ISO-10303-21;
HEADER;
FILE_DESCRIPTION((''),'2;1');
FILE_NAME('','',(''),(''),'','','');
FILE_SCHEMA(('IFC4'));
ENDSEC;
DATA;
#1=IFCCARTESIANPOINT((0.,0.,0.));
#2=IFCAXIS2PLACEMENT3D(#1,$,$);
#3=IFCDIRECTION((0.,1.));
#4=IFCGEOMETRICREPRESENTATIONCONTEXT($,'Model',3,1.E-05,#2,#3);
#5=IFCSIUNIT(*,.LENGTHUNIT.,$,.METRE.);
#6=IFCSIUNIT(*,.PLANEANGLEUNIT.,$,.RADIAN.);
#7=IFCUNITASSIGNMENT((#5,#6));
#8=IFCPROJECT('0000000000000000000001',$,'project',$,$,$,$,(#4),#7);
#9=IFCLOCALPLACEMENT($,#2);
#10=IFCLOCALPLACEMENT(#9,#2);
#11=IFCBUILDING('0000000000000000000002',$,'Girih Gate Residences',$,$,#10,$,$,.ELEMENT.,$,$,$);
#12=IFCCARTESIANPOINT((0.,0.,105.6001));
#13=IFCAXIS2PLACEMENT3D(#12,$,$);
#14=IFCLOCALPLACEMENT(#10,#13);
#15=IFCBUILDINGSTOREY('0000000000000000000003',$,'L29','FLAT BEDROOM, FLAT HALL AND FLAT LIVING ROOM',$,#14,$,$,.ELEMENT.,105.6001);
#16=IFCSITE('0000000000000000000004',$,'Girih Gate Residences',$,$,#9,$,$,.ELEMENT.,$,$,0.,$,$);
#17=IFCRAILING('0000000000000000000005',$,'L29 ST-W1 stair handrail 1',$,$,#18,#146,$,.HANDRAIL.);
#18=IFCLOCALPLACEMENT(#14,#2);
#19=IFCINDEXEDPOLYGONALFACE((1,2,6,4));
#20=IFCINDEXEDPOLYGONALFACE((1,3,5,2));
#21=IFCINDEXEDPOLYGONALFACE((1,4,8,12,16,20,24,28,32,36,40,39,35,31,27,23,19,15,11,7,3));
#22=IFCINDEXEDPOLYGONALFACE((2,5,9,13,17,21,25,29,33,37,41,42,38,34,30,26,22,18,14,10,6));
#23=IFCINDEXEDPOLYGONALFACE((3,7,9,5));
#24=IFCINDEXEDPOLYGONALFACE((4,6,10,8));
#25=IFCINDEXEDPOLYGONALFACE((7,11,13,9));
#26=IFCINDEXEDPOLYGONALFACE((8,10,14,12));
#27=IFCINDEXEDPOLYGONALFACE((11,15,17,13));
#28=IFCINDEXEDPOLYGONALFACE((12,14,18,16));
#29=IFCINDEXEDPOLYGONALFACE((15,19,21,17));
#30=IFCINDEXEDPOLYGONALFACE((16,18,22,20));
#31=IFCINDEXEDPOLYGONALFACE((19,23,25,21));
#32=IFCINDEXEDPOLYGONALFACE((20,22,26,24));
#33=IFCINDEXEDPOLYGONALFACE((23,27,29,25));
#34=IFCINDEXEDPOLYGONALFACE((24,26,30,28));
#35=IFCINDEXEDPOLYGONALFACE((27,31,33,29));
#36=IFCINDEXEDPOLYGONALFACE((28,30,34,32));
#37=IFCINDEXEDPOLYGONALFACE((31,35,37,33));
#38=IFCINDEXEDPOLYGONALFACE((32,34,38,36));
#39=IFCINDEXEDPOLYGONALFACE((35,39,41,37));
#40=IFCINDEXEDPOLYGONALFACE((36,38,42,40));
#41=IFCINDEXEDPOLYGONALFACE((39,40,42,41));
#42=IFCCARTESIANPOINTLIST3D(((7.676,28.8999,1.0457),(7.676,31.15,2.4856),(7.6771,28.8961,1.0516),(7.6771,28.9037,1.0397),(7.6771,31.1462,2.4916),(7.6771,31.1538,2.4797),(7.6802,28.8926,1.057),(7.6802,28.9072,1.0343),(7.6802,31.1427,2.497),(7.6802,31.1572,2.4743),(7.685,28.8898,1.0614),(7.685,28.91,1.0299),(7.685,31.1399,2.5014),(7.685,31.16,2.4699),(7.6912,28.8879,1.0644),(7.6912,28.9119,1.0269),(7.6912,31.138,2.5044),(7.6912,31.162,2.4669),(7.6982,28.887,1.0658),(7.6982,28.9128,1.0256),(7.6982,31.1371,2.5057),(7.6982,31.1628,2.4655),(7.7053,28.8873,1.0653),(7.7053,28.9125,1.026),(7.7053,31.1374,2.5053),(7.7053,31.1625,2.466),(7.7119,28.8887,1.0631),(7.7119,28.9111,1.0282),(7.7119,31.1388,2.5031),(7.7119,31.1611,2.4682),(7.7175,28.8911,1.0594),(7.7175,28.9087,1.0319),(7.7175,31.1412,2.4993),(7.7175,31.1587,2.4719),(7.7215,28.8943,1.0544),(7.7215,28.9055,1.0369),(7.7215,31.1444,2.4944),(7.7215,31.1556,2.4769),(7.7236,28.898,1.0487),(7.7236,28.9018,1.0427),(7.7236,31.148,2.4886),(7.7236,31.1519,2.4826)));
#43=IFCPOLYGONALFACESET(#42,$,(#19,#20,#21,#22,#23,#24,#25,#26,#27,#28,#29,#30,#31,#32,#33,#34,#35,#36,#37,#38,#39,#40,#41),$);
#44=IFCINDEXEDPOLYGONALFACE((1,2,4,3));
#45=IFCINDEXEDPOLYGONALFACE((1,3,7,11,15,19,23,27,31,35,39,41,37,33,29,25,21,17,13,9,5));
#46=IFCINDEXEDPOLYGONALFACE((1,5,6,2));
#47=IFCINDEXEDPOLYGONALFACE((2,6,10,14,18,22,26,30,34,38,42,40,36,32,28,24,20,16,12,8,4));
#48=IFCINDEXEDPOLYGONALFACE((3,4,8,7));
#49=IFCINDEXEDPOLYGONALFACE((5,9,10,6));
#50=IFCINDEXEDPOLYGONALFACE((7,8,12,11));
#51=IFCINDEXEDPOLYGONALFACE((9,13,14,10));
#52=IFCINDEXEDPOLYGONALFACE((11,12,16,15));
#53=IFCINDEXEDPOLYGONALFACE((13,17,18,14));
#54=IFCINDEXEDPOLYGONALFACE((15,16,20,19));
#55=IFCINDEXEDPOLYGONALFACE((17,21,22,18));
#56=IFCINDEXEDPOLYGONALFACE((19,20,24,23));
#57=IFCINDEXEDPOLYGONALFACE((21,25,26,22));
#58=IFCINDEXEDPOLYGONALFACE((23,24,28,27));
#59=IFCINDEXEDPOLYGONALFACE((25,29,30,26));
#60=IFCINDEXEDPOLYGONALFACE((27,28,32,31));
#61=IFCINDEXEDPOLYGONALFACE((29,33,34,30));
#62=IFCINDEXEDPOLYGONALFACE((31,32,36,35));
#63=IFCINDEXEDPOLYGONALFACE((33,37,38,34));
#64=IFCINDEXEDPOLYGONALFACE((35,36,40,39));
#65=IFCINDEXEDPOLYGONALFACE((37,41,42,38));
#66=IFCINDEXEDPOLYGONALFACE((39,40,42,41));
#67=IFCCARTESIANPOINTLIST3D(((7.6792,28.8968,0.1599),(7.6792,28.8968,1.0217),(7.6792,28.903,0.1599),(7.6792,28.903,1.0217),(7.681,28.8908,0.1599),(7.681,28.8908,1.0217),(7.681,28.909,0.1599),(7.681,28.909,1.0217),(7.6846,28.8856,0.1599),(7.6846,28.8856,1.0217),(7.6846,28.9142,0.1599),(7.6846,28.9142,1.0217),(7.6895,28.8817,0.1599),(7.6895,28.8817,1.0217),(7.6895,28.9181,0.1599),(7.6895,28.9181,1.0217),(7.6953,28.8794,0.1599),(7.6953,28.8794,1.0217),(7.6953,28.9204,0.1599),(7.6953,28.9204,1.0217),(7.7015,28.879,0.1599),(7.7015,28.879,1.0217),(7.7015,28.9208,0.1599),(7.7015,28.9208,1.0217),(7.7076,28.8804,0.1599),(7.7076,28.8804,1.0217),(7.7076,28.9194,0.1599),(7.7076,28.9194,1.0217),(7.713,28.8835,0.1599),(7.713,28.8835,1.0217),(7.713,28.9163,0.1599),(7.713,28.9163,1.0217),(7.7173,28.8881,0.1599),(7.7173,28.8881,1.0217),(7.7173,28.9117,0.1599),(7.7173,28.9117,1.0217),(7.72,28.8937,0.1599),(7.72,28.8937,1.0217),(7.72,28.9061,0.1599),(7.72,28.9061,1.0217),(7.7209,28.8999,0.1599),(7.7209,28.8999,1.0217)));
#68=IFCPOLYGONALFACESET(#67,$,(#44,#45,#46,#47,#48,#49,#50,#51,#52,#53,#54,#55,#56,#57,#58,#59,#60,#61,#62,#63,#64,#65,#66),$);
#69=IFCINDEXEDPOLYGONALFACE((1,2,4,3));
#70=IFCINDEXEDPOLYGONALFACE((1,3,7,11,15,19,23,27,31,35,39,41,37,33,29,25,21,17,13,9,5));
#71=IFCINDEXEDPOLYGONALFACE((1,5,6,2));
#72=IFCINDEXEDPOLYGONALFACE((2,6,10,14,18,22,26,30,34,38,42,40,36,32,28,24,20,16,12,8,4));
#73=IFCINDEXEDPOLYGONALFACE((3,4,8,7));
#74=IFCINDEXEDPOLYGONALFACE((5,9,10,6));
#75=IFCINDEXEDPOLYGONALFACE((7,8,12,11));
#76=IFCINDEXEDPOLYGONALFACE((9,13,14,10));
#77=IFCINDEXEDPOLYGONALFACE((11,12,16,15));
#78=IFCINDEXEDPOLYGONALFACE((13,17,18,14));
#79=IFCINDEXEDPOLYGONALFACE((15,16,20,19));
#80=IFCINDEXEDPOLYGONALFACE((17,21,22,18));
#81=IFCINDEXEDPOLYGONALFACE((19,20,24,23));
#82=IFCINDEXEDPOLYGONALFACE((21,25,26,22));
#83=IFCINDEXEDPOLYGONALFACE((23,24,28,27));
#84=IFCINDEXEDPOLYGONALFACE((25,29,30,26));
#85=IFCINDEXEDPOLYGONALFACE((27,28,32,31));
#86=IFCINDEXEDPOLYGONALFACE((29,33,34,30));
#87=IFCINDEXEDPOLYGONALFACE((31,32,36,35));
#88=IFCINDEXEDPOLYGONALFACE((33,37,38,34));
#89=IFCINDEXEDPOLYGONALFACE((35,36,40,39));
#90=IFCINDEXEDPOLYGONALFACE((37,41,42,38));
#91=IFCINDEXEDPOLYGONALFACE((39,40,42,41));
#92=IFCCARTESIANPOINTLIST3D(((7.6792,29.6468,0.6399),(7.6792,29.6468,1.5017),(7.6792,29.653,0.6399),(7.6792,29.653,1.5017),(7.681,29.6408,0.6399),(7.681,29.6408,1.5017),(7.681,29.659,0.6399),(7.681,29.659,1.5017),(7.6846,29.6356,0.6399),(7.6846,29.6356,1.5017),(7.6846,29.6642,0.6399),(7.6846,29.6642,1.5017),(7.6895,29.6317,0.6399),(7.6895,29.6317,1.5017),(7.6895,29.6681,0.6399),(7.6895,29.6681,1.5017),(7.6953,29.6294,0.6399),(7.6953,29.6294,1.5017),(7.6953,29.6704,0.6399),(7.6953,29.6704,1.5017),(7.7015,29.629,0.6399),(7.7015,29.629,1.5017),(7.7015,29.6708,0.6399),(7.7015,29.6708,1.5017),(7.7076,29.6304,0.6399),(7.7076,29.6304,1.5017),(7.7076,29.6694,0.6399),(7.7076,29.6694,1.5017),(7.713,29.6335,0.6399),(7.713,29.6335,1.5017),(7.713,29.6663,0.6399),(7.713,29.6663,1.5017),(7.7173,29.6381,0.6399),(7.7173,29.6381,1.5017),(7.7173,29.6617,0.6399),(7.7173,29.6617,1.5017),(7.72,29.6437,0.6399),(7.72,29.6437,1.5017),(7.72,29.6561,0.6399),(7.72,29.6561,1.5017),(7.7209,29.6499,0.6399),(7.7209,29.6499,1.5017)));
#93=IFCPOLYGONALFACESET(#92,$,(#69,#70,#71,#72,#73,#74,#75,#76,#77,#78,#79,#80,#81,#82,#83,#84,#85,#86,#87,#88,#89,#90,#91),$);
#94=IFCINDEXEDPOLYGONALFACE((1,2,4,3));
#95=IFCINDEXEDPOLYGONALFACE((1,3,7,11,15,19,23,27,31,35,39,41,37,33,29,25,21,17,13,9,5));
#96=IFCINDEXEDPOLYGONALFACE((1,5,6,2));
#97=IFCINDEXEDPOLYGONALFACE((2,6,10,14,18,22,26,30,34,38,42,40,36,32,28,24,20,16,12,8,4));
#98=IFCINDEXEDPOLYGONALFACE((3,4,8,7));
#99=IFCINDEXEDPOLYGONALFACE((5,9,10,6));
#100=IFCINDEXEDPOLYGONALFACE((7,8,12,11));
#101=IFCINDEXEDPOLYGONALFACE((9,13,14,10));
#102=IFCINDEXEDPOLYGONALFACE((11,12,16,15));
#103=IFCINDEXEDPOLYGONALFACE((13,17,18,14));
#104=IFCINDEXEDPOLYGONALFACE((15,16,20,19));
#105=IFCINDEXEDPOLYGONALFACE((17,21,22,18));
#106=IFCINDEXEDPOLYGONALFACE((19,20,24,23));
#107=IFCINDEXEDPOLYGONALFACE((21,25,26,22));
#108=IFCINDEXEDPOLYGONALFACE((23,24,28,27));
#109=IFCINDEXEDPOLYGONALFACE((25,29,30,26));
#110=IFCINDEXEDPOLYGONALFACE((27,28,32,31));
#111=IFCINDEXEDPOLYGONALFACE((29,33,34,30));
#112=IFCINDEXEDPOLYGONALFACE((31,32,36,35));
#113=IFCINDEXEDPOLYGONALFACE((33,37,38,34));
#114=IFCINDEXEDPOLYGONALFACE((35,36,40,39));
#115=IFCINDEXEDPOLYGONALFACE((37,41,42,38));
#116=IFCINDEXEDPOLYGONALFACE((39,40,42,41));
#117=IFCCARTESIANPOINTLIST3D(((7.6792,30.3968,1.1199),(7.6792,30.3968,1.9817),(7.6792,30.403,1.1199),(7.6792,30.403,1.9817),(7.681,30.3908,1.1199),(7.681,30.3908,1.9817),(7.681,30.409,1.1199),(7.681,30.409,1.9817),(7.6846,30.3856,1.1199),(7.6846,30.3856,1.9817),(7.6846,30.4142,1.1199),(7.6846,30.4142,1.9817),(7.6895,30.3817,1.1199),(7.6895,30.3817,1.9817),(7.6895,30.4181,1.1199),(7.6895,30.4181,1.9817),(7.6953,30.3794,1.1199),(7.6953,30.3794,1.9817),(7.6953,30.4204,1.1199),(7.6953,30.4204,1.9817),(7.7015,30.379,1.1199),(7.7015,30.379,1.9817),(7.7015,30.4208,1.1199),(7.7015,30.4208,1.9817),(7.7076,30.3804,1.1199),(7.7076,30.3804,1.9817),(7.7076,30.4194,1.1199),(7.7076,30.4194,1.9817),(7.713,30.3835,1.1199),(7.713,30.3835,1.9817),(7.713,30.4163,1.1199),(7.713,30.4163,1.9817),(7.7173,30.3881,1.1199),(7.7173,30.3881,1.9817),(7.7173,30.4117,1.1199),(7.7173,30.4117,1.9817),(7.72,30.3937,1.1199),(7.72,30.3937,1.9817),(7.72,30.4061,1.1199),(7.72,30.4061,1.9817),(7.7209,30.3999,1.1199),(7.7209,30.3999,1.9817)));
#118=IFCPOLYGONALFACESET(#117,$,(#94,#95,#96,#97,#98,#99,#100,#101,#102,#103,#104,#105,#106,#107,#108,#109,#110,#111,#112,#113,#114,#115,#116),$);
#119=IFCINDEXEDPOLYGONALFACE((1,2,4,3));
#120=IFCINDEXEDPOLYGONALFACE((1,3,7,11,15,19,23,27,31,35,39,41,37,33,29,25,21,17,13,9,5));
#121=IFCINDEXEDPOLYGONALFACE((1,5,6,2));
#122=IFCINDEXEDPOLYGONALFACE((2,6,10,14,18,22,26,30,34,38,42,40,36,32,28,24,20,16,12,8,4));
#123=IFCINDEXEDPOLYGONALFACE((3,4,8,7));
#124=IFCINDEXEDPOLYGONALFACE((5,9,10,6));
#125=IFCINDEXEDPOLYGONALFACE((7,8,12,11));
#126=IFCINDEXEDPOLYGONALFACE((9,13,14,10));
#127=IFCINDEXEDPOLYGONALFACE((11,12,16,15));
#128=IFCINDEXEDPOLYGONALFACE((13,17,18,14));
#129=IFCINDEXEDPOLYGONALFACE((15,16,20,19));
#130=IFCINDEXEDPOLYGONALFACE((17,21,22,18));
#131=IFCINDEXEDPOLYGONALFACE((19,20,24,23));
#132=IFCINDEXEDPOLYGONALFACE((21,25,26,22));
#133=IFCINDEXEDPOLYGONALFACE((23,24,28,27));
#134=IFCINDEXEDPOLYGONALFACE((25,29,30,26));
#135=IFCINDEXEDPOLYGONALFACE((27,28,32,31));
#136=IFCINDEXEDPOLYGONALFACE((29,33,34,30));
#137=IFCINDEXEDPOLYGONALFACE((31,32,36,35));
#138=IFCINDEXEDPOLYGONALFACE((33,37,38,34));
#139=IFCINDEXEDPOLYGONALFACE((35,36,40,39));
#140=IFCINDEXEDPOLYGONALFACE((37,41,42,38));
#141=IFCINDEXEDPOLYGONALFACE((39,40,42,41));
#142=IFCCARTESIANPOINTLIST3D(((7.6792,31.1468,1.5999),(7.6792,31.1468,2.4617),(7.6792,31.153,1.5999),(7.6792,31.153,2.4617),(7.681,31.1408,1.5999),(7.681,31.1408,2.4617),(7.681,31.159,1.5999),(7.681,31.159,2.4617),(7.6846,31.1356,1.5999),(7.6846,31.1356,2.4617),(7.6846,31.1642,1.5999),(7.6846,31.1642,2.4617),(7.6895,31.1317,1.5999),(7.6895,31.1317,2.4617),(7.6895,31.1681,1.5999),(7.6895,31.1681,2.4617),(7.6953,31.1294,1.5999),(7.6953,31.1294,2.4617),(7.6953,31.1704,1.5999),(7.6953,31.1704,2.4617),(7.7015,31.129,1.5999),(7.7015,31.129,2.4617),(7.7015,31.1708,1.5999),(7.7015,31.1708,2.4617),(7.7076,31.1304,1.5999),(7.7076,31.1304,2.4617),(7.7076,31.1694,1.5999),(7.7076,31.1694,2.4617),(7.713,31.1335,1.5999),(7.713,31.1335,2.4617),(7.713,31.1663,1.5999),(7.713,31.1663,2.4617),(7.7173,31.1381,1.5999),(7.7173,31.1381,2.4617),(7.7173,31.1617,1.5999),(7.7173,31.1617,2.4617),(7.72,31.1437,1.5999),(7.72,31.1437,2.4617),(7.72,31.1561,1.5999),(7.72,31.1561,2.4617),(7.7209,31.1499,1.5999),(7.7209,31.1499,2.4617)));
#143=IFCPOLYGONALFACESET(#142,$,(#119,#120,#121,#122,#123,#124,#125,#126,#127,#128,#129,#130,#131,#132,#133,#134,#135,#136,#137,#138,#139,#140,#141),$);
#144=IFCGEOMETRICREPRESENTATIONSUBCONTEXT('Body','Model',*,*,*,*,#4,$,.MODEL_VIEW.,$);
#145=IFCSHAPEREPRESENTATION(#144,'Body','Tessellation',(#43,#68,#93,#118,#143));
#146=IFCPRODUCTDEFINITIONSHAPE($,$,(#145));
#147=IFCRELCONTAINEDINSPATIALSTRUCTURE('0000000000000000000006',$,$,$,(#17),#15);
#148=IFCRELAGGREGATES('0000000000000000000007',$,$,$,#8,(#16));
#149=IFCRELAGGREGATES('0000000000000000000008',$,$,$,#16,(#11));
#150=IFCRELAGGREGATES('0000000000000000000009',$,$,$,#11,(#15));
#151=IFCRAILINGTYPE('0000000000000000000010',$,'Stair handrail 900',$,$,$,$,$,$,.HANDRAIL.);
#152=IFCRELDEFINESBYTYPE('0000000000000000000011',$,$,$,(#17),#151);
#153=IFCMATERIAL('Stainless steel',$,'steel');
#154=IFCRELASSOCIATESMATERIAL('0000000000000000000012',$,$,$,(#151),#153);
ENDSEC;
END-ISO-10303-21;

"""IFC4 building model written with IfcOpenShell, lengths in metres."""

from ifc_helpers import new_model, si_unit, direction, frame, origin, origin_2d, place, context, subcontext, project, spatial, circle, extrude, material, type_object, element, save


model = new_model("IFC4")

# Units and contexts
model_context = context("Model", 3, precision=1e-05, world=origin(), true_north=direction((0.0, 1.0)))
body_context = subcontext(model_context, "Body", "Model", "MODEL_VIEW")
ifc_project = project(units=[si_unit("LENGTHUNIT", "METRE"), si_unit("PLANEANGLEUNIT", "RADIAN")], contexts=[model_context])

# Site, building, storey
site_placement = place(None, origin())
site = spatial("IfcSite", under=ifc_project, at=site_placement, Name="Girih Gate Residences", CompositionType="ELEMENT", RefElevation=0.0)
building_placement = place(site_placement, origin())
building = spatial("IfcBuilding", under=site, at=building_placement, Name="Girih Gate Residences", CompositionType="ELEMENT")
storey_placement = place(building_placement, frame((0.0, 0.0, 105.6001)))
storey = spatial("IfcBuildingStorey", under=building, at=storey_placement, Name="L29", Description="FLAT BEDROOM, FLAT HALL AND FLAT LIVING ROOM", CompositionType="ELEMENT", Elevation=105.6001)

# Railing
ifc_material_1 = material(Name="Stainless steel", Category="steel")
railing_type_1 = type_object("IfcRailingType", Name="Stair handrail 900", PredefinedType="HANDRAIL", material=ifc_material_1)
railing_1_placement = place(storey_placement, frame((7.7, 28.8999, 0.1599)))
element("IfcRailing", 1, at=railing_1_placement, inside=storey, type_object=railing_type_1, Name="L29 ST-W1 stair handrail 1", PredefinedType="HANDRAIL", context=body_context, shape_type="SweptSolid", body=[
    extrude(circle(Radius=0.0239, at=origin_2d()), frame((0.0, 0.0, 0.8857), z_axis=(0.0, 0.842281, 0.539038), x_axis=(-1.0, 0.0, 0.0)), (0.0, 0.0, 1.0), 2.6714),
    extrude(circle(Radius=0.021, at=origin_2d()), origin(), (0.0, 0.0, 1.0), 0.8618),
    extrude(circle(Radius=0.021, at=origin_2d()), frame((0.0, 0.75, 0.48)), (0.0, 0.0, 1.0), 0.8618),
    extrude(circle(Radius=0.021, at=origin_2d()), frame((0.0, 1.5, 0.96)), (0.0, 0.0, 1.0), 0.8618),
    extrude(circle(Radius=0.021, at=origin_2d()), frame((0.0, 2.25, 1.4399)), (0.0, 0.0, 1.0), 0.8618),
])

save(model, "model.ifc")
